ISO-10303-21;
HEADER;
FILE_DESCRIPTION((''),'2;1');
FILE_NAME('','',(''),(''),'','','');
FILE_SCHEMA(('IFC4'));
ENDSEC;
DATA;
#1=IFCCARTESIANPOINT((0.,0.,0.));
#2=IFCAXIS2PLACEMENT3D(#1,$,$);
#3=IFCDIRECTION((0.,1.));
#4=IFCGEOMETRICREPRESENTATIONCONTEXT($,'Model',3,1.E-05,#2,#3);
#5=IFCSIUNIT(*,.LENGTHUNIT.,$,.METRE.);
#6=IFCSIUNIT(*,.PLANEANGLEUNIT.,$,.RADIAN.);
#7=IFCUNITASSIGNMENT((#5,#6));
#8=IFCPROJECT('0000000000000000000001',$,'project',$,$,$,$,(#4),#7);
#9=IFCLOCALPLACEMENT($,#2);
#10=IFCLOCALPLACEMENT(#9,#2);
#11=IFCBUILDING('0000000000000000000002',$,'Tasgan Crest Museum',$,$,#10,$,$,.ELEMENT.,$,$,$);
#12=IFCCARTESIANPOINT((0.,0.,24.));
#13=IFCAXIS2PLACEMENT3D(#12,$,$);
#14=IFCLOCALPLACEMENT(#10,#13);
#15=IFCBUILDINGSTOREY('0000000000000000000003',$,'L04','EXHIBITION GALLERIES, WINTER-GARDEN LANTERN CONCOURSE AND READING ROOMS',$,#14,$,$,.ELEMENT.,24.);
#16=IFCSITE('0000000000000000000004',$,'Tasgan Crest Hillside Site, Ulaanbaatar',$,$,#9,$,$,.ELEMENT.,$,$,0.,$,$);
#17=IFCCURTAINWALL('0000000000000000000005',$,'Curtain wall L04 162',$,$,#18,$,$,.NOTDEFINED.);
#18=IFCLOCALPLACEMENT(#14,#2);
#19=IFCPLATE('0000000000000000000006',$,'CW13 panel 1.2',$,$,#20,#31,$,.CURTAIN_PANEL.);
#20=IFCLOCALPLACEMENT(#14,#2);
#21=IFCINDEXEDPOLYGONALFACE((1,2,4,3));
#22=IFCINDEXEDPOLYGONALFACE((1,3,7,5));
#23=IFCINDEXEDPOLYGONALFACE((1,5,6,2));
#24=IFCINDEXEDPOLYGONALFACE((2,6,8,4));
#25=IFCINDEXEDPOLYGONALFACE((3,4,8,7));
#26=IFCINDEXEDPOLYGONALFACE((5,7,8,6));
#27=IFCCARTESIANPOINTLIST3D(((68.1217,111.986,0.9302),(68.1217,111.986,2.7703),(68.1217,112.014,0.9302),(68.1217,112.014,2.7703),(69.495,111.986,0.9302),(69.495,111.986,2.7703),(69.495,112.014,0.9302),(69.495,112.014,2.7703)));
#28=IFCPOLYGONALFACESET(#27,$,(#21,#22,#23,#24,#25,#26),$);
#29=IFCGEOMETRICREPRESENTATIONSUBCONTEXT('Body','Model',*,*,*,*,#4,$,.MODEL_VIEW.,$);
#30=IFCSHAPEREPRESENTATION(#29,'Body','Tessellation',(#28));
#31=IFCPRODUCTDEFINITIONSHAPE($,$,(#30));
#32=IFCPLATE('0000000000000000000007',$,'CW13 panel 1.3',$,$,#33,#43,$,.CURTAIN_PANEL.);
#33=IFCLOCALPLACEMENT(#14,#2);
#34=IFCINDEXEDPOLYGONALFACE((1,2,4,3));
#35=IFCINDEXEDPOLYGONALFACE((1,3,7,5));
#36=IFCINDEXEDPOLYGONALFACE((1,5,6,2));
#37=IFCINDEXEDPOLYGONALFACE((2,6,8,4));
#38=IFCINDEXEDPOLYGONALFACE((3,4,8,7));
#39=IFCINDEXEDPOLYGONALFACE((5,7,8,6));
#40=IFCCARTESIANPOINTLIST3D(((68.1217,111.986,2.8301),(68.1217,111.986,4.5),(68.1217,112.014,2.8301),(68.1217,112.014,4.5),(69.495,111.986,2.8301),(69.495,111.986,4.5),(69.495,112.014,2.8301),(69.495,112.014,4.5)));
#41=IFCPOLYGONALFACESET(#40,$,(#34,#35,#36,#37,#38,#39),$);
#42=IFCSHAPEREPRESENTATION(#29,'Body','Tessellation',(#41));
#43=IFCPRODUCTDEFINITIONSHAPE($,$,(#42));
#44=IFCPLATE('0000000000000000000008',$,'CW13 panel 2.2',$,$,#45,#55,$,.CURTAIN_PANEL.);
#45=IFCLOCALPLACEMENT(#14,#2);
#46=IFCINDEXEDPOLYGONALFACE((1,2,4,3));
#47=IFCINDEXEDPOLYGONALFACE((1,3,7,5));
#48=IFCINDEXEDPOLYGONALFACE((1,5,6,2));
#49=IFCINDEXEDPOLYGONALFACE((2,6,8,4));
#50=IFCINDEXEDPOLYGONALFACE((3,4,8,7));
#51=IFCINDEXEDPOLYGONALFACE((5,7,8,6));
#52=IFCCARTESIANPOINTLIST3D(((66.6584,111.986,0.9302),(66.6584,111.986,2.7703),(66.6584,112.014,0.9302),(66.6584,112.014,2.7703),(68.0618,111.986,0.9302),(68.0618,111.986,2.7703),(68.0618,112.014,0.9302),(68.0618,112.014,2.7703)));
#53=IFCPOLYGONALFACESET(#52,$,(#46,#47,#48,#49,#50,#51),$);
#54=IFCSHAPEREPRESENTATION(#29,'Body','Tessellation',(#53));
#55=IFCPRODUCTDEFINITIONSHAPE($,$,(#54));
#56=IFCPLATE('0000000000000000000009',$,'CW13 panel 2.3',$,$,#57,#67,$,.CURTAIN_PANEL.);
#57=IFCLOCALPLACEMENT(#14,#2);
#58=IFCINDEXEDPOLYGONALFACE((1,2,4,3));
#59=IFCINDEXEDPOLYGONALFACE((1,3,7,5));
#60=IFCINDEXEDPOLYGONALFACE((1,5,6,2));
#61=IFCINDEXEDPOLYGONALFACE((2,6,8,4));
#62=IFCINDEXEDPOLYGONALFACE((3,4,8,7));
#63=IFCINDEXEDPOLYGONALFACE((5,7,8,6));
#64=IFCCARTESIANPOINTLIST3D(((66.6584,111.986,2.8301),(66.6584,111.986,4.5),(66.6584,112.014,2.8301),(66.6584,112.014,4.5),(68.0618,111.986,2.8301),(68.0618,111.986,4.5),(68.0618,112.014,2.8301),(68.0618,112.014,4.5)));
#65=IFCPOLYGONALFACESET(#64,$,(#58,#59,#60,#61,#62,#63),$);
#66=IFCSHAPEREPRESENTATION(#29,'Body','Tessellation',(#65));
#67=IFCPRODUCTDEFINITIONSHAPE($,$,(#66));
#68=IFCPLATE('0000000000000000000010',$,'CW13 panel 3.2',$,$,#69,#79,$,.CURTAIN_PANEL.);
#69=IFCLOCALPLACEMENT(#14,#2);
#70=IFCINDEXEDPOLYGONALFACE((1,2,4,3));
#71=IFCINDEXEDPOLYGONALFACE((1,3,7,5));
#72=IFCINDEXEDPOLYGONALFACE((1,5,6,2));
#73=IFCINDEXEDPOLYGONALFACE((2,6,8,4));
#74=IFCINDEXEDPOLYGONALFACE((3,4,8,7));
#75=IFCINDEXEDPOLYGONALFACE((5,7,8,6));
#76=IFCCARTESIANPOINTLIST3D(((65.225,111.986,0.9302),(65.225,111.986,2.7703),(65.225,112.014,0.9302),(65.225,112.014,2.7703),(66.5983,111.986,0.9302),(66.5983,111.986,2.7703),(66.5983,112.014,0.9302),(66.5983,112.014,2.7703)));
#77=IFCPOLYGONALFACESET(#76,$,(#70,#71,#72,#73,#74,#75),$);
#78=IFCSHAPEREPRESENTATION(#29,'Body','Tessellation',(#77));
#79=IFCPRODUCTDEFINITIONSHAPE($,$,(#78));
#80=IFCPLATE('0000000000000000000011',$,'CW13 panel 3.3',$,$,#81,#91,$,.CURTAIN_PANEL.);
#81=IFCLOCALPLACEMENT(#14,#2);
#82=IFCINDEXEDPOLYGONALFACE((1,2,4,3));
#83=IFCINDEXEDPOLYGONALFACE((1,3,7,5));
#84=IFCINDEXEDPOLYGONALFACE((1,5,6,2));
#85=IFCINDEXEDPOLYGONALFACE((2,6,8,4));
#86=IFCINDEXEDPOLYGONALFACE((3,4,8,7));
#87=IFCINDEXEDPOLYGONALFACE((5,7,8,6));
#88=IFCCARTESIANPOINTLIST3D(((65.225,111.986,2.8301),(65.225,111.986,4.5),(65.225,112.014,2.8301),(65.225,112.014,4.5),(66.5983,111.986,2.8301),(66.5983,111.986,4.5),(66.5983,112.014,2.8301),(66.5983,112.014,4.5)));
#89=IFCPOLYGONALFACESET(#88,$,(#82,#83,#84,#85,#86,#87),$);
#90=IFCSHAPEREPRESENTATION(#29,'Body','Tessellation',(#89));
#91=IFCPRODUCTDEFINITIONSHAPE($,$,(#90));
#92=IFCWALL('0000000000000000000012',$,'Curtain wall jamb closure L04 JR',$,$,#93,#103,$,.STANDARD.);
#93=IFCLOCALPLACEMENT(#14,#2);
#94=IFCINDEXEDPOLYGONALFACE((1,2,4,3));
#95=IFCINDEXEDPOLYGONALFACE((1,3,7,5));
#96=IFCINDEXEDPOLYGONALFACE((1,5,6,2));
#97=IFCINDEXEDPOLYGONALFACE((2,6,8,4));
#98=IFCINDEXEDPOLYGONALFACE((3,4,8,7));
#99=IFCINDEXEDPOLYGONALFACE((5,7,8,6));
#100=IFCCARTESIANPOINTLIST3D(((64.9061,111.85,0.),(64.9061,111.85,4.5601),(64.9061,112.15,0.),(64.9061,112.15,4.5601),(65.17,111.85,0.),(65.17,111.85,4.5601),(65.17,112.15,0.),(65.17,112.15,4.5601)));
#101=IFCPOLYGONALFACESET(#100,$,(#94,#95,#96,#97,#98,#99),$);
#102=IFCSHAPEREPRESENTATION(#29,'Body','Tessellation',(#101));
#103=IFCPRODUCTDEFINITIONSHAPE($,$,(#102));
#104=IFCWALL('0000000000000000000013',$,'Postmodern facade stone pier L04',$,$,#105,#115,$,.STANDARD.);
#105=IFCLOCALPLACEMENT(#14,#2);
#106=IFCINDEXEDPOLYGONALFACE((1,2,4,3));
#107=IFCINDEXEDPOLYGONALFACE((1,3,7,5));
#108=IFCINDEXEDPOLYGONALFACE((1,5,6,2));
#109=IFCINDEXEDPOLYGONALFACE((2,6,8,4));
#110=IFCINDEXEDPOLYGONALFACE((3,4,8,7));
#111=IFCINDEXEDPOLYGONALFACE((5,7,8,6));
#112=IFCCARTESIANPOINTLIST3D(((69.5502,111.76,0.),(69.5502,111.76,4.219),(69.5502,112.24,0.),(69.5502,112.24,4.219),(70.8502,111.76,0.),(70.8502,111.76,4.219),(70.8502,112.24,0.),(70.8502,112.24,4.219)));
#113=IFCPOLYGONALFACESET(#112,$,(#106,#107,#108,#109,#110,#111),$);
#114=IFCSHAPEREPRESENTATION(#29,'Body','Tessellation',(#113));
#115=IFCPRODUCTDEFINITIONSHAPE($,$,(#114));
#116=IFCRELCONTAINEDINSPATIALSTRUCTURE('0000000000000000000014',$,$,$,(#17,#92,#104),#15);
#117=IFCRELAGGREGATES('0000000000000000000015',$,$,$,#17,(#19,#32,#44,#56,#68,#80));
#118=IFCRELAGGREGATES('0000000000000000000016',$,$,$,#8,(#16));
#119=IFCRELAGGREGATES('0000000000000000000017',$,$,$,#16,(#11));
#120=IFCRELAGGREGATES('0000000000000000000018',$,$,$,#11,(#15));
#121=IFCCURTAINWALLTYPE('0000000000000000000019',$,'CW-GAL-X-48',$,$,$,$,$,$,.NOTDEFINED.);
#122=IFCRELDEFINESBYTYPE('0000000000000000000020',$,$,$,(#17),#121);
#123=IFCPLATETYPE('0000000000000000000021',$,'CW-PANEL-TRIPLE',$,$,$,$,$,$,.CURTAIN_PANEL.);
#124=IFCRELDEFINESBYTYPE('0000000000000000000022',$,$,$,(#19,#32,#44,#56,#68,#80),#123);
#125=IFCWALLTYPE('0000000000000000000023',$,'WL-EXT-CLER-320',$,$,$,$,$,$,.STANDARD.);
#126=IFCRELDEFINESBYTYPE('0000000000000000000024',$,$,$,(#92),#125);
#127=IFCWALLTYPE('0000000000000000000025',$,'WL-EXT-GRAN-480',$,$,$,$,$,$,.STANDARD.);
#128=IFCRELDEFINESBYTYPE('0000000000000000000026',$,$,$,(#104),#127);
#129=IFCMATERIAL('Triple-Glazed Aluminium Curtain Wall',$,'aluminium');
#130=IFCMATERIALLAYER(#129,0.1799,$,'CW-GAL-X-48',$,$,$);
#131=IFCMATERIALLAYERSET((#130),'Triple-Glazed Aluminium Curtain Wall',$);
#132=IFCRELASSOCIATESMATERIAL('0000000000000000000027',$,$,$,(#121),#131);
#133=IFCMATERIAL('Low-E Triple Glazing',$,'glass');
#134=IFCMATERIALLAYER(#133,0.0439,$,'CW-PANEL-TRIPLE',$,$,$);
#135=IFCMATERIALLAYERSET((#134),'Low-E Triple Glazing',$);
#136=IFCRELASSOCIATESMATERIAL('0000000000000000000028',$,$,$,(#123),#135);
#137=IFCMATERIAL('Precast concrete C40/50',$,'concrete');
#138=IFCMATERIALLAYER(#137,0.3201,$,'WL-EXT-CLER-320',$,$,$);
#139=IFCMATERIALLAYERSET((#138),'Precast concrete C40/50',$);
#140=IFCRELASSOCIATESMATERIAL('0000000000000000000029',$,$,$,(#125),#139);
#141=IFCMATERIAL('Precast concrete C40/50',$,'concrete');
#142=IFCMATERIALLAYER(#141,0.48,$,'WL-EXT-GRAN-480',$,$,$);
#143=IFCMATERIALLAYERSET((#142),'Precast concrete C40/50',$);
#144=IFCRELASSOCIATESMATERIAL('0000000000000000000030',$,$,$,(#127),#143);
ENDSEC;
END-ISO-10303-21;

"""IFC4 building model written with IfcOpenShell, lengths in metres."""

from ifc_helpers import new_model, si_unit, direction, frame, frame_2d, origin, origin_2d, place, context, subcontext, project, spatial, rectangle, extrude, material, layer, layer_set, type_object, element, aggregate, save


model = new_model("IFC4")

# Units and contexts
model_context = context("Model", 3, precision=1e-05, world=origin(), true_north=direction((0.0, 1.0)))
body_context = subcontext(model_context, "Body", "Model", "MODEL_VIEW")
ifc_project = project(units=[si_unit("LENGTHUNIT", "METRE"), si_unit("PLANEANGLEUNIT", "RADIAN")], contexts=[model_context])

# Site, building, storey
site_placement = place(None, origin())
site = spatial("IfcSite", under=ifc_project, at=site_placement, Name="Tasgan Crest Hillside Site, Ulaanbaatar", CompositionType="ELEMENT", RefElevation=0.0)
building_placement = place(site_placement, origin())
building = spatial("IfcBuilding", under=site, at=building_placement, Name="Tasgan Crest Museum", CompositionType="ELEMENT")
storey_placement = place(building_placement, frame((0.0, 0.0, 24.0)))
storey = spatial("IfcBuildingStorey", under=building, at=storey_placement, Name="L04", Description="EXHIBITION GALLERIES, WINTER-GARDEN LANTERN CONCOURSE AND READING ROOMS", CompositionType="ELEMENT", Elevation=24.0)

# Shared definitions
ifc_material_1 = material(Name="Triple-Glazed Aluminium Curtain Wall", Category="aluminium")
ifc_layer_1 = layer(ifc_material_1, 0.1799, Name="CW-GAL-X-48")
ifc_layer_set_1 = layer_set([ifc_layer_1], Name="Triple-Glazed Aluminium Curtain Wall")
curtain_wall_type = type_object("IfcCurtainWallType", Name="CW-GAL-X-48", PredefinedType="NOTDEFINED", material=ifc_layer_set_1)

# Curtain wall
curtain_wall_1_placement = place(storey_placement, origin())
curtain_wall_1 = element("IfcCurtainWall", 1, at=curtain_wall_1_placement, inside=storey, type_object=curtain_wall_type, Name="Curtain wall L04 162", PredefinedType="NOTDEFINED")

# Plates
ifc_material_2 = material(Name="Low-E Triple Glazing", Category="glass")
ifc_layer_2 = layer(ifc_material_2, 0.0439, Name="CW-PANEL-TRIPLE")
ifc_layer_set_2 = layer_set([ifc_layer_2], Name="Low-E Triple Glazing")
plate_type_1 = type_object("IfcPlateType", Name="CW-PANEL-TRIPLE", PredefinedType="CURTAIN_PANEL", material=ifc_layer_set_2)
plate_1_placement = place(storey_placement, frame((68.8083, 112.0, 0.9302), z_axis=(0.0, 0.0, 1.0), x_axis=(-1.0, 0.0, 0.0)))
plate_1 = element("IfcPlate", 2, at=plate_1_placement, type_object=plate_type_1, Name="CW13 panel 1.2", PredefinedType="CURTAIN_PANEL", context=body_context, shape_type="SweptSolid", body=[
    extrude(rectangle(XDim=1.3733, YDim=0.0281, at=origin_2d()), origin(), (0.0, 0.0, 1.0), 1.8401),
])
plate_2_placement = place(storey_placement, frame((68.8083, 112.0, 2.8301), z_axis=(0.0, 0.0, 1.0), x_axis=(-1.0, 0.0, 0.0)))
plate_2 = element("IfcPlate", 3, at=plate_2_placement, type_object=plate_type_1, Name="CW13 panel 1.3", PredefinedType="CURTAIN_PANEL", context=body_context, shape_type="SweptSolid", body=[
    extrude(rectangle(XDim=1.3733, YDim=0.0281, at=origin_2d()), origin(), (0.0, 0.0, 1.0), 1.6699),
])
plate_3_placement = place(storey_placement, frame((67.3601, 112.0, 0.9302), z_axis=(0.0, 0.0, 1.0), x_axis=(-1.0, 0.0, 0.0)))
plate_3 = element("IfcPlate", 4, at=plate_3_placement, type_object=plate_type_1, Name="CW13 panel 2.2", PredefinedType="CURTAIN_PANEL", context=body_context, shape_type="SweptSolid", body=[
    extrude(rectangle(XDim=1.4033, YDim=0.0281, at=origin_2d()), origin(), (0.0, 0.0, 1.0), 1.8401),
])
plate_4_placement = place(storey_placement, frame((67.3601, 112.0, 2.8301), z_axis=(0.0, 0.0, 1.0), x_axis=(-1.0, 0.0, 0.0)))
plate_4 = element("IfcPlate", 5, at=plate_4_placement, type_object=plate_type_1, Name="CW13 panel 2.3", PredefinedType="CURTAIN_PANEL", context=body_context, shape_type="SweptSolid", body=[
    extrude(rectangle(XDim=1.4033, YDim=0.0281, at=origin_2d()), origin(), (0.0, 0.0, 1.0), 1.6699),
])
plate_5_placement = place(storey_placement, frame((65.9116, 112.0, 0.9302), z_axis=(0.0, 0.0, 1.0), x_axis=(-1.0, 0.0, 0.0)))
plate_5 = element("IfcPlate", 6, at=plate_5_placement, type_object=plate_type_1, Name="CW13 panel 3.2", PredefinedType="CURTAIN_PANEL", context=body_context, shape_type="SweptSolid", body=[
    extrude(rectangle(XDim=1.3733, YDim=0.0281, at=origin_2d()), origin(), (0.0, 0.0, 1.0), 1.8401),
])
plate_6_placement = place(storey_placement, frame((65.9116, 112.0, 2.8301), z_axis=(0.0, 0.0, 1.0), x_axis=(-1.0, 0.0, 0.0)))
plate_6 = element("IfcPlate", 7, at=plate_6_placement, type_object=plate_type_1, Name="CW13 panel 3.3", PredefinedType="CURTAIN_PANEL", context=body_context, shape_type="SweptSolid", body=[
    extrude(rectangle(XDim=1.3733, YDim=0.0281, at=origin_2d()), origin(), (0.0, 0.0, 1.0), 1.6699),
])
aggregate(curtain_wall_1, [plate_1, plate_2, plate_3, plate_4, plate_5, plate_6])

# Walls
ifc_material_3 = material(Name="Precast concrete C40/50", Category="concrete")
ifc_layer_3 = layer(ifc_material_3, 0.3201, Name="WL-EXT-CLER-320")
ifc_layer_set_3 = layer_set([ifc_layer_3], Name="Precast concrete C40/50")
wall_type_1 = type_object("IfcWallType", Name="WL-EXT-CLER-320", PredefinedType="STANDARD", material=ifc_layer_set_3)
wall_1_placement = place(storey_placement, frame((65.1699, 112.0, 0.0), z_axis=(0.0, 0.0, 1.0), x_axis=(-1.0, 0.0, 0.0)))
element("IfcWall", 8, at=wall_1_placement, inside=storey, type_object=wall_type_1, Name="Curtain wall jamb closure L04 JR", PredefinedType="STANDARD", context=body_context, shape_type="SweptSolid", body=[
    extrude(rectangle(XDim=0.2639, YDim=0.3, at=frame_2d((0.1318, 0.0))), origin(), (0.0, 0.0, 1.0), 4.5601),
])
ifc_material_4 = material(Name="Precast concrete C40/50", Category="concrete")
ifc_layer_4 = layer(ifc_material_4, 0.48, Name="WL-EXT-GRAN-480")
ifc_layer_set_4 = layer_set([ifc_layer_4], Name="Precast concrete C40/50")
wall_type_2 = type_object("IfcWallType", Name="WL-EXT-GRAN-480", PredefinedType="STANDARD", material=ifc_layer_set_4)
wall_2_placement = place(storey_placement, frame((70.8501, 112.0, 0.0), z_axis=(0.0, 0.0, 1.0), x_axis=(-1.0, 0.0, 0.0)))
element("IfcWall", 9, at=wall_2_placement, inside=storey, type_object=wall_type_2, Name="Postmodern facade stone pier L04", PredefinedType="STANDARD", context=body_context, shape_type="SweptSolid", body=[
    extrude(rectangle(XDim=1.3, YDim=0.48, at=frame_2d((0.6499, 0.0))), origin(), (0.0, 0.0, 1.0), 4.219),
])

save(model, "model.ifc")
